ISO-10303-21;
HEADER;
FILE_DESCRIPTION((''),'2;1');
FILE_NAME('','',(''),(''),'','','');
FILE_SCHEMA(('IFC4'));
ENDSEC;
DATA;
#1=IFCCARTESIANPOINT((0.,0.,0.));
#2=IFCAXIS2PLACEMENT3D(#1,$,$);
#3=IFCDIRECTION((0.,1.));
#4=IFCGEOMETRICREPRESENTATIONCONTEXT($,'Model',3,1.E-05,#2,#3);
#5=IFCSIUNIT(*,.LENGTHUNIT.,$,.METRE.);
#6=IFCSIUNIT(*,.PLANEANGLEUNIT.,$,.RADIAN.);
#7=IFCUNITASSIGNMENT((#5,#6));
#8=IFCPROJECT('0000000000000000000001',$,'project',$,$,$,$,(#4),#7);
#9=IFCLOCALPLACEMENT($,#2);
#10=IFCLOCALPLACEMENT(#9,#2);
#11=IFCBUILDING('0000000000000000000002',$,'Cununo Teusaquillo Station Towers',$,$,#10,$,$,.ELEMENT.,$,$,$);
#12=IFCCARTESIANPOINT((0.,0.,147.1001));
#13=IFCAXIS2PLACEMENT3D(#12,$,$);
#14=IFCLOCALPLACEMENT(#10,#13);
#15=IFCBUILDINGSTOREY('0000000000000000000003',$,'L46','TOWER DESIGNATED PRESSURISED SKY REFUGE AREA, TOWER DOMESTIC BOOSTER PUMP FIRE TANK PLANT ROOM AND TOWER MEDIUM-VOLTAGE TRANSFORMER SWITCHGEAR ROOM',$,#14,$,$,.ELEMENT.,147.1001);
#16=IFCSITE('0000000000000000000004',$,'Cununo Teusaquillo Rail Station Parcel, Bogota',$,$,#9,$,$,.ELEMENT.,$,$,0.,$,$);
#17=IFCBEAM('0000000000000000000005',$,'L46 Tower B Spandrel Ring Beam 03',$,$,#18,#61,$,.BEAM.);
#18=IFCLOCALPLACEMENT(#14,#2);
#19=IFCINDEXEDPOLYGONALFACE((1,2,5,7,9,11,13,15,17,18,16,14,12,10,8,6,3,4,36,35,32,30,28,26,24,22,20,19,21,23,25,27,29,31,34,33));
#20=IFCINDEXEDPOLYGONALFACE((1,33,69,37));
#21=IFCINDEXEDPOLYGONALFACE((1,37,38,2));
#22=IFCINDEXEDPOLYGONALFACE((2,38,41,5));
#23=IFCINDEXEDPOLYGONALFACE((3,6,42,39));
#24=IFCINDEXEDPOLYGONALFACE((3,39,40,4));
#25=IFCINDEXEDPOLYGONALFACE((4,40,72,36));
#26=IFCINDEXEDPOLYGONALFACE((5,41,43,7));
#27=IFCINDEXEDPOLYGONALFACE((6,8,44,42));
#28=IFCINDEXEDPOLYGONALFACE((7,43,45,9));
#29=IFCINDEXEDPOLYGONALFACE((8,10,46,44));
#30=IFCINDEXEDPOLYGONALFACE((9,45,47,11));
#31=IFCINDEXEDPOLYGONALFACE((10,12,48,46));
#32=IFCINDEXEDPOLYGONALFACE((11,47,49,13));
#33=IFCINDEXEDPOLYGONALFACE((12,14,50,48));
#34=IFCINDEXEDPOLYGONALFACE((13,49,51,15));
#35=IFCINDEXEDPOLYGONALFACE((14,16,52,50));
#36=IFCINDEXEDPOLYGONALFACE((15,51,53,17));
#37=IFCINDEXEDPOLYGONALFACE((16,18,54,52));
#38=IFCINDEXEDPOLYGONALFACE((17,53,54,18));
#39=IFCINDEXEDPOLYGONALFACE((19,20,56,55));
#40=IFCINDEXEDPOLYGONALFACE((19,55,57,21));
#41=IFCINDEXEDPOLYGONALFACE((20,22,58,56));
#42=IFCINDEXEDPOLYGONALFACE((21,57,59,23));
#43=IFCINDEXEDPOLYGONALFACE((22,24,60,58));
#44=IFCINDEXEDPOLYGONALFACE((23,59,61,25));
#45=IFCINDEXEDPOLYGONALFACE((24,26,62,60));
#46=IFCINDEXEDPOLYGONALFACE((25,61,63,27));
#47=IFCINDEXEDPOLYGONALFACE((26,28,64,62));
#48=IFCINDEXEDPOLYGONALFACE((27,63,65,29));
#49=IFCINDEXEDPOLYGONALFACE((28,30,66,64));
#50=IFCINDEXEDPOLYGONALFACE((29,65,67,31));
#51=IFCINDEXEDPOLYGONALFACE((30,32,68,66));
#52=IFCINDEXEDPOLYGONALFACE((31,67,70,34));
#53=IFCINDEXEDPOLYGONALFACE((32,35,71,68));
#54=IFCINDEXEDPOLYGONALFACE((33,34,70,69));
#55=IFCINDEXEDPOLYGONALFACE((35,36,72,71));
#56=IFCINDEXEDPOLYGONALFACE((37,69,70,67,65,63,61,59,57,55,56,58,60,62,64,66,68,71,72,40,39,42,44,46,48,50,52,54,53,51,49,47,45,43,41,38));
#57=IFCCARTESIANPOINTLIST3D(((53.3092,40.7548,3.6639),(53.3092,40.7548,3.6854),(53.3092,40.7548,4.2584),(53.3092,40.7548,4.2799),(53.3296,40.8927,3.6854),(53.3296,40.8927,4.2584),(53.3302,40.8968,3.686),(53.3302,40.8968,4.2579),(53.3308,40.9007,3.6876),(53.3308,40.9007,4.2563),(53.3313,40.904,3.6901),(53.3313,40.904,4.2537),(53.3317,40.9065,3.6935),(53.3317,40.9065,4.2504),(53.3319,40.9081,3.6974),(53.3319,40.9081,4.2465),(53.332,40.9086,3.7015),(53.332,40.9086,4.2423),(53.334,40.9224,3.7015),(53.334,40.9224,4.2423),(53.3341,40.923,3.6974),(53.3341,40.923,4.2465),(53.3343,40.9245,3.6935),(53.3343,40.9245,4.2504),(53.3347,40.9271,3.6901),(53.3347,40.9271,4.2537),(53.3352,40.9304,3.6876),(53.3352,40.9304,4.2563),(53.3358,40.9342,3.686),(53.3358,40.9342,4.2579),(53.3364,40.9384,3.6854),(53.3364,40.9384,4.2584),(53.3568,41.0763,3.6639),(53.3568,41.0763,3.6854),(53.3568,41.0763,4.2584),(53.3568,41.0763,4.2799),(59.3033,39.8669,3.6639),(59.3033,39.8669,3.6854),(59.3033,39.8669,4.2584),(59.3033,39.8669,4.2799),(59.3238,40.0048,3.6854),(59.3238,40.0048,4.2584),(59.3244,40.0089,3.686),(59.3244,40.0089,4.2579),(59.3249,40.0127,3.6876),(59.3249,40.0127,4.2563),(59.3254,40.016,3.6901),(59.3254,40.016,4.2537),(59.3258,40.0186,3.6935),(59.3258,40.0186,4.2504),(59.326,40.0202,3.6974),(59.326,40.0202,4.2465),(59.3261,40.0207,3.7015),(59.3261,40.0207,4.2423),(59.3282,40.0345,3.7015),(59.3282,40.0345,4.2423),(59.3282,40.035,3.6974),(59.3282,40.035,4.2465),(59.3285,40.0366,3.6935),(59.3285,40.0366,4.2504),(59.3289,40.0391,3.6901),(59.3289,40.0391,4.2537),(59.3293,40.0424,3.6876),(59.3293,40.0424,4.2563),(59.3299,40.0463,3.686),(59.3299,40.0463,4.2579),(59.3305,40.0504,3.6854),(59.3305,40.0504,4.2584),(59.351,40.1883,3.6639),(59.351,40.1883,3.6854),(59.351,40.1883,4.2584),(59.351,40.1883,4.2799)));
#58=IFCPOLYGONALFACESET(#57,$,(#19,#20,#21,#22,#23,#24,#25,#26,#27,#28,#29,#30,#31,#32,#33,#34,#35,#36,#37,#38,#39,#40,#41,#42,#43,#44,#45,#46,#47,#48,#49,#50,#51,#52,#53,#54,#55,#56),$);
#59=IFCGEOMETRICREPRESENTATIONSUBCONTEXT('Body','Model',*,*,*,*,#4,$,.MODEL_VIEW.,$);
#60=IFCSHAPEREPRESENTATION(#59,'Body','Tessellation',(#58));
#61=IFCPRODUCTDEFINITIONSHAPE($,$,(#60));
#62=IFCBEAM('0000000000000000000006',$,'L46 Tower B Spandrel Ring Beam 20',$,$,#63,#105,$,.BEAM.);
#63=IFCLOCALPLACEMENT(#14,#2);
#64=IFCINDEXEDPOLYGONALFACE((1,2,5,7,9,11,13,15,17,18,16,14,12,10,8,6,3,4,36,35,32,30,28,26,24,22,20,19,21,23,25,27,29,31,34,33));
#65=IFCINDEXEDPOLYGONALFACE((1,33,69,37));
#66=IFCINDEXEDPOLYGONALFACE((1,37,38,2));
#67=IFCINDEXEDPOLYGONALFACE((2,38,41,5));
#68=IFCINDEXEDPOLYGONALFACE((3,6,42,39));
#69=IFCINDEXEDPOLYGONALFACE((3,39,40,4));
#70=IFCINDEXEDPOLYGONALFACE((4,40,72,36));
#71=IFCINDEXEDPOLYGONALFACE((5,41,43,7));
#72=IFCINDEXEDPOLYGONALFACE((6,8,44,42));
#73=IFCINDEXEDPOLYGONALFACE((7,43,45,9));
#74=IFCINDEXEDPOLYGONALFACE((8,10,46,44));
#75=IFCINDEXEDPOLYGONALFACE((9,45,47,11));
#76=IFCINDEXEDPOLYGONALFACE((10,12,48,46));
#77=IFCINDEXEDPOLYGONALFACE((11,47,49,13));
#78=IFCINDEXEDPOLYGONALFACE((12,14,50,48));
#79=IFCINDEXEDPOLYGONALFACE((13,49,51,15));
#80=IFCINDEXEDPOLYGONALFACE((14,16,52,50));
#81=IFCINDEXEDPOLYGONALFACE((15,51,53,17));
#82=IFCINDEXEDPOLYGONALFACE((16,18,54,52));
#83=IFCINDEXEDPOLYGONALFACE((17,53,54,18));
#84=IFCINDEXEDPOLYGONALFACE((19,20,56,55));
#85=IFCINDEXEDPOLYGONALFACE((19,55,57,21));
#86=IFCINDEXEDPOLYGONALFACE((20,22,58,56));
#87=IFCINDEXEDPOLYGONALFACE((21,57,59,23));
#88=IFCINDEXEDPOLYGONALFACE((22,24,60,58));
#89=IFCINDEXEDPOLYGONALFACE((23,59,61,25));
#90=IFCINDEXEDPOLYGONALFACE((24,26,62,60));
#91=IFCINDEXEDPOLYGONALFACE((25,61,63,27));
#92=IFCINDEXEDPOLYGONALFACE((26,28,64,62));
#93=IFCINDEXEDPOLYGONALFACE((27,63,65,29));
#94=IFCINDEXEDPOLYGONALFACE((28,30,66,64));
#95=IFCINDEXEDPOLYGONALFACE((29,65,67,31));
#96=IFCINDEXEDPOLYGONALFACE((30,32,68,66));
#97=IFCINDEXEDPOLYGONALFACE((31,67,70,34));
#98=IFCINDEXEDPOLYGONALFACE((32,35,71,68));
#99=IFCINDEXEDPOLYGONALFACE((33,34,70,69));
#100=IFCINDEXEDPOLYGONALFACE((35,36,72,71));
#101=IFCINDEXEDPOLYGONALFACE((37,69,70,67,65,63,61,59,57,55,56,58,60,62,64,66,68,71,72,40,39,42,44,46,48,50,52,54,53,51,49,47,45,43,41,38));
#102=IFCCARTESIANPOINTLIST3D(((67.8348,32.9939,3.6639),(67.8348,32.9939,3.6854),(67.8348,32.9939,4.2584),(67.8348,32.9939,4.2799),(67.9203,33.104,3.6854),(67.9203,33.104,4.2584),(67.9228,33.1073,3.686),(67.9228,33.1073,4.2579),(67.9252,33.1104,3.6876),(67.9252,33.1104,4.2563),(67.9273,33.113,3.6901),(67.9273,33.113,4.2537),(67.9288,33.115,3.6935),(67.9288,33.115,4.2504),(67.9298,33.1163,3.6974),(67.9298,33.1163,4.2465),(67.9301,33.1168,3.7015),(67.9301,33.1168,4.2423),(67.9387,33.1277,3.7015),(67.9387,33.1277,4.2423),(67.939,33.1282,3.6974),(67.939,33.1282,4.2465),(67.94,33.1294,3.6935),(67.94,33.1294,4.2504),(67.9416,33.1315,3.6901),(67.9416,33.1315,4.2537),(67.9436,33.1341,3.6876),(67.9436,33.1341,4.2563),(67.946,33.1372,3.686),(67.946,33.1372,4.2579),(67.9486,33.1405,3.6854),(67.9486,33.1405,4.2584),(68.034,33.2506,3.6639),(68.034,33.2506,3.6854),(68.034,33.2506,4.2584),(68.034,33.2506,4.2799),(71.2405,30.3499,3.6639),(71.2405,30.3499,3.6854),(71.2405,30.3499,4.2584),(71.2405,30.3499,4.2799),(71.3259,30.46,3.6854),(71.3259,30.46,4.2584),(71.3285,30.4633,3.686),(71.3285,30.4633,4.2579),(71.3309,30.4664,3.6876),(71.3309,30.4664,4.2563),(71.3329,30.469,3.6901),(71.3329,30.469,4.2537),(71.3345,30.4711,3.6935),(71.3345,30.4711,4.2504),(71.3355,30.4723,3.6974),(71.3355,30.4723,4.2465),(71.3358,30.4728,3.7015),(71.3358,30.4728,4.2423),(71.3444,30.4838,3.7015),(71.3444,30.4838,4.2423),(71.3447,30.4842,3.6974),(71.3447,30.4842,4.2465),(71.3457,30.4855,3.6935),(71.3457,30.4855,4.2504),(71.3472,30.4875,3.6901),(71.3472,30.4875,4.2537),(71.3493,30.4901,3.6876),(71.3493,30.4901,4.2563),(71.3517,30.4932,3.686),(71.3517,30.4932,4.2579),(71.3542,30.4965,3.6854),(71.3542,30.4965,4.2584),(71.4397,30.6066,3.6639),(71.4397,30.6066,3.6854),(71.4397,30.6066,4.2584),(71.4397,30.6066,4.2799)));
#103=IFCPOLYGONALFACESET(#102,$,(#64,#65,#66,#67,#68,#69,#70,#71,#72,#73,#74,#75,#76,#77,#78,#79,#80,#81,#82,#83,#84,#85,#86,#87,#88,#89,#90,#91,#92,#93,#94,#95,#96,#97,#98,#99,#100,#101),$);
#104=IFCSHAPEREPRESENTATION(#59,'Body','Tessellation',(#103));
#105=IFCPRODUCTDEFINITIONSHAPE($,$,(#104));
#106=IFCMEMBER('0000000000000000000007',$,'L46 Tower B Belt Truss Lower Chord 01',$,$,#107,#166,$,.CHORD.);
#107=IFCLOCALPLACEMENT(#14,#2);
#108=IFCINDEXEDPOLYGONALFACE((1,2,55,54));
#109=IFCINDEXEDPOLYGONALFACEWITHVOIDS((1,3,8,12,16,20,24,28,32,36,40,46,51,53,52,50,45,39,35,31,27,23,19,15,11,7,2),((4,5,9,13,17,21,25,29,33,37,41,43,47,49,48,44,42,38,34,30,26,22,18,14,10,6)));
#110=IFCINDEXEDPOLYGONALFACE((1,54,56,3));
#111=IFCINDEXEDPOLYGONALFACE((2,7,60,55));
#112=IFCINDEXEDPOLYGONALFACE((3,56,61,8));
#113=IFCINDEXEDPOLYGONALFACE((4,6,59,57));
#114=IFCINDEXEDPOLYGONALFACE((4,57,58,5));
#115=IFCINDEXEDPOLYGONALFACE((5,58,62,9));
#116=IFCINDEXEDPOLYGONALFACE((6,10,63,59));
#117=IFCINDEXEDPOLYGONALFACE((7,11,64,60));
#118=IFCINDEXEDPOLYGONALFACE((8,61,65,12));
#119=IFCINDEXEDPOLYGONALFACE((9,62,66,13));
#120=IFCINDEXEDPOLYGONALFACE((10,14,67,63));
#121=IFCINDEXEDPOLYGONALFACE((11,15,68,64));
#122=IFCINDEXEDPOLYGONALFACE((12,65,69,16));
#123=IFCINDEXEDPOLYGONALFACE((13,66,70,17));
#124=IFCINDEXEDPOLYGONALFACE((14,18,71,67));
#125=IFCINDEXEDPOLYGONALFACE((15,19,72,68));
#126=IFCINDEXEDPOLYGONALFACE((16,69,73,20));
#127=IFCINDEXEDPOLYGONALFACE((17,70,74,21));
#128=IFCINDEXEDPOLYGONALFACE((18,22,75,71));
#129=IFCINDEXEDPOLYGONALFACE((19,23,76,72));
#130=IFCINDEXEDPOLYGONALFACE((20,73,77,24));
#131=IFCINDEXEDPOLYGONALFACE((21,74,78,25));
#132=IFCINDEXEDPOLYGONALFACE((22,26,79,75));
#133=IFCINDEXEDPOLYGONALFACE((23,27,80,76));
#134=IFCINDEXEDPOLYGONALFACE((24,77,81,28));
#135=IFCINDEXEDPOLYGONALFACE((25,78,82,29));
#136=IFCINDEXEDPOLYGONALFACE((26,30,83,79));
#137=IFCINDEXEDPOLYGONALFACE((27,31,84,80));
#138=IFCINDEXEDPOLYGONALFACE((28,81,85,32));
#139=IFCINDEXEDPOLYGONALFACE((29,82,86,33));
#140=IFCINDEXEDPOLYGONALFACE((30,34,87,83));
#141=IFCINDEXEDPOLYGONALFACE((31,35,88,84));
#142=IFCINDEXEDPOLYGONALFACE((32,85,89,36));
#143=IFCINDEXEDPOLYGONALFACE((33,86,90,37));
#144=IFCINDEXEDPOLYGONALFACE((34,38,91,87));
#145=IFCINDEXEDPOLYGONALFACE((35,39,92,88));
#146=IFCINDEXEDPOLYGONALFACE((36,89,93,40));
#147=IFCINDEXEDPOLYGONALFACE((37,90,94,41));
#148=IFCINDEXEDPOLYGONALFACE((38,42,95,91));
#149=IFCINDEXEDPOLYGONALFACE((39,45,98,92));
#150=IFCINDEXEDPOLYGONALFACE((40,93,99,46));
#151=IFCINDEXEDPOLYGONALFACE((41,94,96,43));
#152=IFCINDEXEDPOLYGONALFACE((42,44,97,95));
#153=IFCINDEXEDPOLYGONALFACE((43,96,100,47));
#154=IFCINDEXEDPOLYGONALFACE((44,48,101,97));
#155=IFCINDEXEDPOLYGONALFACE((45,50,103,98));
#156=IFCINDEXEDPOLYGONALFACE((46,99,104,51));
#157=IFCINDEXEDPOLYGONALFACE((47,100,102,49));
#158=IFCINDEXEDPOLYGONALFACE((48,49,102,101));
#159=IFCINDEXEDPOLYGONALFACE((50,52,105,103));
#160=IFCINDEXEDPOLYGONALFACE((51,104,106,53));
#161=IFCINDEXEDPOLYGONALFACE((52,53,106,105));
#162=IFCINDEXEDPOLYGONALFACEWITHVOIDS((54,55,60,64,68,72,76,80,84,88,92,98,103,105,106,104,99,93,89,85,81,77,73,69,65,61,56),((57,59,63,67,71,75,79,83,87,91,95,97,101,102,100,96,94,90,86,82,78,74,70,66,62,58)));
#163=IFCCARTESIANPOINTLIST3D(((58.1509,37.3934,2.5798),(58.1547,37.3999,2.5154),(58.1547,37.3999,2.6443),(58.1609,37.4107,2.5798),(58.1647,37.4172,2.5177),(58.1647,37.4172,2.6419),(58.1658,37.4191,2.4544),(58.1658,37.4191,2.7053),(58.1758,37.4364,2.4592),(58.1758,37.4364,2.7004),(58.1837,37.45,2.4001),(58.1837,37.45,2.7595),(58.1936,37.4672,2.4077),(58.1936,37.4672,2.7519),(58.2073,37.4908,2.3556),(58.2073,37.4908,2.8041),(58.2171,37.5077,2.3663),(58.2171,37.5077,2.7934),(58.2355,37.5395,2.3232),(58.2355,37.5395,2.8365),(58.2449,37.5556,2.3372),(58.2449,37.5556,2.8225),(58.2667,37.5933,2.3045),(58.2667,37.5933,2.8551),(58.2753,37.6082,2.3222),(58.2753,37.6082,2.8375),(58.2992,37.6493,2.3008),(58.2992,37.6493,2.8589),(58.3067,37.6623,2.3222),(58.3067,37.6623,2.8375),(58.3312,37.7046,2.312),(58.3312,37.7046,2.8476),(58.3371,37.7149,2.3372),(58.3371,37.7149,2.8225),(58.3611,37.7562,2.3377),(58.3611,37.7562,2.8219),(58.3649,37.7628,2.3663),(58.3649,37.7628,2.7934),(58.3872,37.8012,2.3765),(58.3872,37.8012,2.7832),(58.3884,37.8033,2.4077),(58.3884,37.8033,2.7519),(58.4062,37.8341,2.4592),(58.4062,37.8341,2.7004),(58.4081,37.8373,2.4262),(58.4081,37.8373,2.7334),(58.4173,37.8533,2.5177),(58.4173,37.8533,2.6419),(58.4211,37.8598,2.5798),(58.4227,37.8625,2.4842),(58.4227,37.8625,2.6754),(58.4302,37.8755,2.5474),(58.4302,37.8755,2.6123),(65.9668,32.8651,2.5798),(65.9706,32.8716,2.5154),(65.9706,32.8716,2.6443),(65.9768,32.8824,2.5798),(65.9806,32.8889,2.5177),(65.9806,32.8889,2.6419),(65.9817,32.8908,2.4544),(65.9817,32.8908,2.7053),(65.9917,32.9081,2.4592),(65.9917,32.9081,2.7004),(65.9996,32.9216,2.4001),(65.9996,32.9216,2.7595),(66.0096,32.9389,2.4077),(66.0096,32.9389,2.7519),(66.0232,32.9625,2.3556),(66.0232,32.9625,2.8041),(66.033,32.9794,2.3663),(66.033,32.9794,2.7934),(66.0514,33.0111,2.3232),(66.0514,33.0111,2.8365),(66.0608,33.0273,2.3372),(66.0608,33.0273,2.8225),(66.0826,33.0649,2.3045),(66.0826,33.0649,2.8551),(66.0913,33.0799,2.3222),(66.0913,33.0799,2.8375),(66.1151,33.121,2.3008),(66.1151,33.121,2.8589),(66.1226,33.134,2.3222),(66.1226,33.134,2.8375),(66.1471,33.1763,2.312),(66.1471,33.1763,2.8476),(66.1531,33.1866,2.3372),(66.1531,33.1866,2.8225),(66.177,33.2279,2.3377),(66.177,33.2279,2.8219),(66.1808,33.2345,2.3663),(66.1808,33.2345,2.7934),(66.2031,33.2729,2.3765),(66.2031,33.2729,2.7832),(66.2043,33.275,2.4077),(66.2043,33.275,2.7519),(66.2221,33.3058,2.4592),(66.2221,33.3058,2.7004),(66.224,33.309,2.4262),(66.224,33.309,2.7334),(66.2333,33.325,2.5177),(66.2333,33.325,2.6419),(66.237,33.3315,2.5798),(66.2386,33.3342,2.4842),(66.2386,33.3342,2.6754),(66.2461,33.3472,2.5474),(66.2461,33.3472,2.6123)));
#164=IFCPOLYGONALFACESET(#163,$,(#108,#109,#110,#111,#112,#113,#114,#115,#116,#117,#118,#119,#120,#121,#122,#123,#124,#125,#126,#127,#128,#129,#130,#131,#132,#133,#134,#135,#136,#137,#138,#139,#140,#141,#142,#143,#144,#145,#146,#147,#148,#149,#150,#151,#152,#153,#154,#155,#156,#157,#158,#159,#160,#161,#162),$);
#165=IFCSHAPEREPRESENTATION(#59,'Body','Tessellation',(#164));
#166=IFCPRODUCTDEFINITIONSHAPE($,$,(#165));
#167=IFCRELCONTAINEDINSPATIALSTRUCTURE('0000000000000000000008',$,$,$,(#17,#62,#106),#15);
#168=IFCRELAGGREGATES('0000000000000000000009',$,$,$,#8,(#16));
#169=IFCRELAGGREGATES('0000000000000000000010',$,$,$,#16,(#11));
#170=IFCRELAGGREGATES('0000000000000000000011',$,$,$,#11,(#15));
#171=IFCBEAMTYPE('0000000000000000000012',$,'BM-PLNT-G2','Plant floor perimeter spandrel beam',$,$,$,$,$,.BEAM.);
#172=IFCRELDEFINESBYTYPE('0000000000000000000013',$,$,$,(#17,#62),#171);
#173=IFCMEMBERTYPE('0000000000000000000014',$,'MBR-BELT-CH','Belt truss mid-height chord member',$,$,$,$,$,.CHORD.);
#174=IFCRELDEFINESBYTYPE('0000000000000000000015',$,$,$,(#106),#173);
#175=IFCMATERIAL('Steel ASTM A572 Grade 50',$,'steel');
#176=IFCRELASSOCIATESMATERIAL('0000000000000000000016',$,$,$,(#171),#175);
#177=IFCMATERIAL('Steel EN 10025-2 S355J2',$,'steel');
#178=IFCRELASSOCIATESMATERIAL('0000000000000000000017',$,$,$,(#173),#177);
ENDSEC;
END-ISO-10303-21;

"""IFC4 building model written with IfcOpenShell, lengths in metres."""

from ifc_helpers import new_model, si_unit, direction, frame, origin, origin_2d, place, context, subcontext, project, spatial, hollow_circle, i_section, extrude, material, material_profile, profile_set, type_object, element, save


model = new_model("IFC4")

# Units and contexts
model_context = context("Model", 3, precision=1e-05, world=origin(), true_north=direction((0.0, 1.0)))
body_context = subcontext(model_context, "Body", "Model", "MODEL_VIEW")
ifc_project = project(units=[si_unit("LENGTHUNIT", "METRE"), si_unit("PLANEANGLEUNIT", "RADIAN")], contexts=[model_context])

# Site, building, storey
site_placement = place(None, origin())
site = spatial("IfcSite", under=ifc_project, at=site_placement, Name="Cununo Teusaquillo Rail Station Parcel, Bogota", CompositionType="ELEMENT", RefElevation=0.0)
building_placement = place(site_placement, origin())
building = spatial("IfcBuilding", under=site, at=building_placement, Name="Cununo Teusaquillo Station Towers", CompositionType="ELEMENT")
storey_placement = place(building_placement, frame((0.0, 0.0, 147.1001)))
storey = spatial("IfcBuildingStorey", under=building, at=storey_placement, Name="L46", Description="TOWER DESIGNATED PRESSURISED SKY REFUGE AREA, TOWER DOMESTIC BOOSTER PUMP FIRE TANK PLANT ROOM AND TOWER MEDIUM-VOLTAGE TRANSFORMER SWITCHGEAR ROOM", CompositionType="ELEMENT", Elevation=147.1001)

# Beams
ifc_material_1 = material(Name="Steel ASTM A572 Grade 50", Category="steel")
ifc_material_profile_1 = material_profile(ifc_material_1, i_section(OverallWidth=0.325, OverallDepth=0.616, WebThickness=0.0139, FlangeThickness=0.0215, FilletRadius=0.0161, at=origin_2d()), Name="W24X117")
ifc_profile_set_1 = profile_set([ifc_material_profile_1], Name="Steel ASTM A572 Grade 50")
beam_type_1 = type_object("IfcBeamType", Name="BM-PLNT-G2", Description="Plant floor perimeter spandrel beam", PredefinedType="BEAM", material=ifc_profile_set_1)
beam_1_placement = place(storey_placement, frame((59.3271, 40.0276, 3.9719), z_axis=(-0.989205, 0.146536, 0.0), x_axis=(-0.146536, -0.989205, 0.0)))
element("IfcBeam", 1, at=beam_1_placement, inside=storey, type_object=beam_type_1, Name="L46 Tower B Spandrel Ring Beam 03", PredefinedType="BEAM", context=body_context, shape_type="SweptSolid", body=[
    extrude(i_section(OverallWidth=0.325, OverallDepth=0.616, WebThickness=0.0139, FlangeThickness=0.0215, FilletRadius=0.0161, at=origin_2d()), origin(), (0.0, 0.0, 1.0), 6.0596),
])
beam_2_placement = place(storey_placement, frame((71.3401, 30.4783, 3.9719), z_axis=(-0.789901, 0.613235, 0.0), x_axis=(-0.613235, -0.789901, 0.0)))
element("IfcBeam", 2, at=beam_2_placement, inside=storey, type_object=beam_type_1, Name="L46 Tower B Spandrel Ring Beam 20", PredefinedType="BEAM", context=body_context, shape_type="SweptSolid", body=[
    extrude(i_section(OverallWidth=0.325, OverallDepth=0.616, WebThickness=0.0139, FlangeThickness=0.0215, FilletRadius=0.0161, at=origin_2d()), origin(), (0.0, 0.0, 1.0), 4.3115),
])

# Member
ifc_material_2 = material(Name="Steel EN 10025-2 S355J2", Category="steel")
ifc_material_profile_2 = material_profile(ifc_material_2, hollow_circle(Radius=0.2795, WallThickness=0.02, at=origin_2d()), Name="CHS 559x20")
ifc_profile_set_2 = profile_set([ifc_material_profile_2], Name="Steel EN 10025-2 S355J2")
member_type_1 = type_object("IfcMemberType", Name="MBR-BELT-CH", Description="Belt truss mid-height chord member", PredefinedType="CHORD", material=ifc_profile_set_2)
member_1_placement = place(storey_placement, frame((66.1069, 33.1069, 2.5798), z_axis=(-0.865267, 0.501311, 0.0), x_axis=(-0.501311, -0.865267, 0.0)))
element("IfcMember", 3, at=member_1_placement, inside=storey, type_object=member_type_1, Name="L46 Tower B Belt Truss Lower Chord 01", PredefinedType="CHORD", context=body_context, shape_type="SweptSolid", body=[
    extrude(hollow_circle(Radius=0.2795, WallThickness=0.02, at=origin_2d()), origin(), (0.0, 0.0, 1.0), 9.033),
])

save(model, "model.ifc")
